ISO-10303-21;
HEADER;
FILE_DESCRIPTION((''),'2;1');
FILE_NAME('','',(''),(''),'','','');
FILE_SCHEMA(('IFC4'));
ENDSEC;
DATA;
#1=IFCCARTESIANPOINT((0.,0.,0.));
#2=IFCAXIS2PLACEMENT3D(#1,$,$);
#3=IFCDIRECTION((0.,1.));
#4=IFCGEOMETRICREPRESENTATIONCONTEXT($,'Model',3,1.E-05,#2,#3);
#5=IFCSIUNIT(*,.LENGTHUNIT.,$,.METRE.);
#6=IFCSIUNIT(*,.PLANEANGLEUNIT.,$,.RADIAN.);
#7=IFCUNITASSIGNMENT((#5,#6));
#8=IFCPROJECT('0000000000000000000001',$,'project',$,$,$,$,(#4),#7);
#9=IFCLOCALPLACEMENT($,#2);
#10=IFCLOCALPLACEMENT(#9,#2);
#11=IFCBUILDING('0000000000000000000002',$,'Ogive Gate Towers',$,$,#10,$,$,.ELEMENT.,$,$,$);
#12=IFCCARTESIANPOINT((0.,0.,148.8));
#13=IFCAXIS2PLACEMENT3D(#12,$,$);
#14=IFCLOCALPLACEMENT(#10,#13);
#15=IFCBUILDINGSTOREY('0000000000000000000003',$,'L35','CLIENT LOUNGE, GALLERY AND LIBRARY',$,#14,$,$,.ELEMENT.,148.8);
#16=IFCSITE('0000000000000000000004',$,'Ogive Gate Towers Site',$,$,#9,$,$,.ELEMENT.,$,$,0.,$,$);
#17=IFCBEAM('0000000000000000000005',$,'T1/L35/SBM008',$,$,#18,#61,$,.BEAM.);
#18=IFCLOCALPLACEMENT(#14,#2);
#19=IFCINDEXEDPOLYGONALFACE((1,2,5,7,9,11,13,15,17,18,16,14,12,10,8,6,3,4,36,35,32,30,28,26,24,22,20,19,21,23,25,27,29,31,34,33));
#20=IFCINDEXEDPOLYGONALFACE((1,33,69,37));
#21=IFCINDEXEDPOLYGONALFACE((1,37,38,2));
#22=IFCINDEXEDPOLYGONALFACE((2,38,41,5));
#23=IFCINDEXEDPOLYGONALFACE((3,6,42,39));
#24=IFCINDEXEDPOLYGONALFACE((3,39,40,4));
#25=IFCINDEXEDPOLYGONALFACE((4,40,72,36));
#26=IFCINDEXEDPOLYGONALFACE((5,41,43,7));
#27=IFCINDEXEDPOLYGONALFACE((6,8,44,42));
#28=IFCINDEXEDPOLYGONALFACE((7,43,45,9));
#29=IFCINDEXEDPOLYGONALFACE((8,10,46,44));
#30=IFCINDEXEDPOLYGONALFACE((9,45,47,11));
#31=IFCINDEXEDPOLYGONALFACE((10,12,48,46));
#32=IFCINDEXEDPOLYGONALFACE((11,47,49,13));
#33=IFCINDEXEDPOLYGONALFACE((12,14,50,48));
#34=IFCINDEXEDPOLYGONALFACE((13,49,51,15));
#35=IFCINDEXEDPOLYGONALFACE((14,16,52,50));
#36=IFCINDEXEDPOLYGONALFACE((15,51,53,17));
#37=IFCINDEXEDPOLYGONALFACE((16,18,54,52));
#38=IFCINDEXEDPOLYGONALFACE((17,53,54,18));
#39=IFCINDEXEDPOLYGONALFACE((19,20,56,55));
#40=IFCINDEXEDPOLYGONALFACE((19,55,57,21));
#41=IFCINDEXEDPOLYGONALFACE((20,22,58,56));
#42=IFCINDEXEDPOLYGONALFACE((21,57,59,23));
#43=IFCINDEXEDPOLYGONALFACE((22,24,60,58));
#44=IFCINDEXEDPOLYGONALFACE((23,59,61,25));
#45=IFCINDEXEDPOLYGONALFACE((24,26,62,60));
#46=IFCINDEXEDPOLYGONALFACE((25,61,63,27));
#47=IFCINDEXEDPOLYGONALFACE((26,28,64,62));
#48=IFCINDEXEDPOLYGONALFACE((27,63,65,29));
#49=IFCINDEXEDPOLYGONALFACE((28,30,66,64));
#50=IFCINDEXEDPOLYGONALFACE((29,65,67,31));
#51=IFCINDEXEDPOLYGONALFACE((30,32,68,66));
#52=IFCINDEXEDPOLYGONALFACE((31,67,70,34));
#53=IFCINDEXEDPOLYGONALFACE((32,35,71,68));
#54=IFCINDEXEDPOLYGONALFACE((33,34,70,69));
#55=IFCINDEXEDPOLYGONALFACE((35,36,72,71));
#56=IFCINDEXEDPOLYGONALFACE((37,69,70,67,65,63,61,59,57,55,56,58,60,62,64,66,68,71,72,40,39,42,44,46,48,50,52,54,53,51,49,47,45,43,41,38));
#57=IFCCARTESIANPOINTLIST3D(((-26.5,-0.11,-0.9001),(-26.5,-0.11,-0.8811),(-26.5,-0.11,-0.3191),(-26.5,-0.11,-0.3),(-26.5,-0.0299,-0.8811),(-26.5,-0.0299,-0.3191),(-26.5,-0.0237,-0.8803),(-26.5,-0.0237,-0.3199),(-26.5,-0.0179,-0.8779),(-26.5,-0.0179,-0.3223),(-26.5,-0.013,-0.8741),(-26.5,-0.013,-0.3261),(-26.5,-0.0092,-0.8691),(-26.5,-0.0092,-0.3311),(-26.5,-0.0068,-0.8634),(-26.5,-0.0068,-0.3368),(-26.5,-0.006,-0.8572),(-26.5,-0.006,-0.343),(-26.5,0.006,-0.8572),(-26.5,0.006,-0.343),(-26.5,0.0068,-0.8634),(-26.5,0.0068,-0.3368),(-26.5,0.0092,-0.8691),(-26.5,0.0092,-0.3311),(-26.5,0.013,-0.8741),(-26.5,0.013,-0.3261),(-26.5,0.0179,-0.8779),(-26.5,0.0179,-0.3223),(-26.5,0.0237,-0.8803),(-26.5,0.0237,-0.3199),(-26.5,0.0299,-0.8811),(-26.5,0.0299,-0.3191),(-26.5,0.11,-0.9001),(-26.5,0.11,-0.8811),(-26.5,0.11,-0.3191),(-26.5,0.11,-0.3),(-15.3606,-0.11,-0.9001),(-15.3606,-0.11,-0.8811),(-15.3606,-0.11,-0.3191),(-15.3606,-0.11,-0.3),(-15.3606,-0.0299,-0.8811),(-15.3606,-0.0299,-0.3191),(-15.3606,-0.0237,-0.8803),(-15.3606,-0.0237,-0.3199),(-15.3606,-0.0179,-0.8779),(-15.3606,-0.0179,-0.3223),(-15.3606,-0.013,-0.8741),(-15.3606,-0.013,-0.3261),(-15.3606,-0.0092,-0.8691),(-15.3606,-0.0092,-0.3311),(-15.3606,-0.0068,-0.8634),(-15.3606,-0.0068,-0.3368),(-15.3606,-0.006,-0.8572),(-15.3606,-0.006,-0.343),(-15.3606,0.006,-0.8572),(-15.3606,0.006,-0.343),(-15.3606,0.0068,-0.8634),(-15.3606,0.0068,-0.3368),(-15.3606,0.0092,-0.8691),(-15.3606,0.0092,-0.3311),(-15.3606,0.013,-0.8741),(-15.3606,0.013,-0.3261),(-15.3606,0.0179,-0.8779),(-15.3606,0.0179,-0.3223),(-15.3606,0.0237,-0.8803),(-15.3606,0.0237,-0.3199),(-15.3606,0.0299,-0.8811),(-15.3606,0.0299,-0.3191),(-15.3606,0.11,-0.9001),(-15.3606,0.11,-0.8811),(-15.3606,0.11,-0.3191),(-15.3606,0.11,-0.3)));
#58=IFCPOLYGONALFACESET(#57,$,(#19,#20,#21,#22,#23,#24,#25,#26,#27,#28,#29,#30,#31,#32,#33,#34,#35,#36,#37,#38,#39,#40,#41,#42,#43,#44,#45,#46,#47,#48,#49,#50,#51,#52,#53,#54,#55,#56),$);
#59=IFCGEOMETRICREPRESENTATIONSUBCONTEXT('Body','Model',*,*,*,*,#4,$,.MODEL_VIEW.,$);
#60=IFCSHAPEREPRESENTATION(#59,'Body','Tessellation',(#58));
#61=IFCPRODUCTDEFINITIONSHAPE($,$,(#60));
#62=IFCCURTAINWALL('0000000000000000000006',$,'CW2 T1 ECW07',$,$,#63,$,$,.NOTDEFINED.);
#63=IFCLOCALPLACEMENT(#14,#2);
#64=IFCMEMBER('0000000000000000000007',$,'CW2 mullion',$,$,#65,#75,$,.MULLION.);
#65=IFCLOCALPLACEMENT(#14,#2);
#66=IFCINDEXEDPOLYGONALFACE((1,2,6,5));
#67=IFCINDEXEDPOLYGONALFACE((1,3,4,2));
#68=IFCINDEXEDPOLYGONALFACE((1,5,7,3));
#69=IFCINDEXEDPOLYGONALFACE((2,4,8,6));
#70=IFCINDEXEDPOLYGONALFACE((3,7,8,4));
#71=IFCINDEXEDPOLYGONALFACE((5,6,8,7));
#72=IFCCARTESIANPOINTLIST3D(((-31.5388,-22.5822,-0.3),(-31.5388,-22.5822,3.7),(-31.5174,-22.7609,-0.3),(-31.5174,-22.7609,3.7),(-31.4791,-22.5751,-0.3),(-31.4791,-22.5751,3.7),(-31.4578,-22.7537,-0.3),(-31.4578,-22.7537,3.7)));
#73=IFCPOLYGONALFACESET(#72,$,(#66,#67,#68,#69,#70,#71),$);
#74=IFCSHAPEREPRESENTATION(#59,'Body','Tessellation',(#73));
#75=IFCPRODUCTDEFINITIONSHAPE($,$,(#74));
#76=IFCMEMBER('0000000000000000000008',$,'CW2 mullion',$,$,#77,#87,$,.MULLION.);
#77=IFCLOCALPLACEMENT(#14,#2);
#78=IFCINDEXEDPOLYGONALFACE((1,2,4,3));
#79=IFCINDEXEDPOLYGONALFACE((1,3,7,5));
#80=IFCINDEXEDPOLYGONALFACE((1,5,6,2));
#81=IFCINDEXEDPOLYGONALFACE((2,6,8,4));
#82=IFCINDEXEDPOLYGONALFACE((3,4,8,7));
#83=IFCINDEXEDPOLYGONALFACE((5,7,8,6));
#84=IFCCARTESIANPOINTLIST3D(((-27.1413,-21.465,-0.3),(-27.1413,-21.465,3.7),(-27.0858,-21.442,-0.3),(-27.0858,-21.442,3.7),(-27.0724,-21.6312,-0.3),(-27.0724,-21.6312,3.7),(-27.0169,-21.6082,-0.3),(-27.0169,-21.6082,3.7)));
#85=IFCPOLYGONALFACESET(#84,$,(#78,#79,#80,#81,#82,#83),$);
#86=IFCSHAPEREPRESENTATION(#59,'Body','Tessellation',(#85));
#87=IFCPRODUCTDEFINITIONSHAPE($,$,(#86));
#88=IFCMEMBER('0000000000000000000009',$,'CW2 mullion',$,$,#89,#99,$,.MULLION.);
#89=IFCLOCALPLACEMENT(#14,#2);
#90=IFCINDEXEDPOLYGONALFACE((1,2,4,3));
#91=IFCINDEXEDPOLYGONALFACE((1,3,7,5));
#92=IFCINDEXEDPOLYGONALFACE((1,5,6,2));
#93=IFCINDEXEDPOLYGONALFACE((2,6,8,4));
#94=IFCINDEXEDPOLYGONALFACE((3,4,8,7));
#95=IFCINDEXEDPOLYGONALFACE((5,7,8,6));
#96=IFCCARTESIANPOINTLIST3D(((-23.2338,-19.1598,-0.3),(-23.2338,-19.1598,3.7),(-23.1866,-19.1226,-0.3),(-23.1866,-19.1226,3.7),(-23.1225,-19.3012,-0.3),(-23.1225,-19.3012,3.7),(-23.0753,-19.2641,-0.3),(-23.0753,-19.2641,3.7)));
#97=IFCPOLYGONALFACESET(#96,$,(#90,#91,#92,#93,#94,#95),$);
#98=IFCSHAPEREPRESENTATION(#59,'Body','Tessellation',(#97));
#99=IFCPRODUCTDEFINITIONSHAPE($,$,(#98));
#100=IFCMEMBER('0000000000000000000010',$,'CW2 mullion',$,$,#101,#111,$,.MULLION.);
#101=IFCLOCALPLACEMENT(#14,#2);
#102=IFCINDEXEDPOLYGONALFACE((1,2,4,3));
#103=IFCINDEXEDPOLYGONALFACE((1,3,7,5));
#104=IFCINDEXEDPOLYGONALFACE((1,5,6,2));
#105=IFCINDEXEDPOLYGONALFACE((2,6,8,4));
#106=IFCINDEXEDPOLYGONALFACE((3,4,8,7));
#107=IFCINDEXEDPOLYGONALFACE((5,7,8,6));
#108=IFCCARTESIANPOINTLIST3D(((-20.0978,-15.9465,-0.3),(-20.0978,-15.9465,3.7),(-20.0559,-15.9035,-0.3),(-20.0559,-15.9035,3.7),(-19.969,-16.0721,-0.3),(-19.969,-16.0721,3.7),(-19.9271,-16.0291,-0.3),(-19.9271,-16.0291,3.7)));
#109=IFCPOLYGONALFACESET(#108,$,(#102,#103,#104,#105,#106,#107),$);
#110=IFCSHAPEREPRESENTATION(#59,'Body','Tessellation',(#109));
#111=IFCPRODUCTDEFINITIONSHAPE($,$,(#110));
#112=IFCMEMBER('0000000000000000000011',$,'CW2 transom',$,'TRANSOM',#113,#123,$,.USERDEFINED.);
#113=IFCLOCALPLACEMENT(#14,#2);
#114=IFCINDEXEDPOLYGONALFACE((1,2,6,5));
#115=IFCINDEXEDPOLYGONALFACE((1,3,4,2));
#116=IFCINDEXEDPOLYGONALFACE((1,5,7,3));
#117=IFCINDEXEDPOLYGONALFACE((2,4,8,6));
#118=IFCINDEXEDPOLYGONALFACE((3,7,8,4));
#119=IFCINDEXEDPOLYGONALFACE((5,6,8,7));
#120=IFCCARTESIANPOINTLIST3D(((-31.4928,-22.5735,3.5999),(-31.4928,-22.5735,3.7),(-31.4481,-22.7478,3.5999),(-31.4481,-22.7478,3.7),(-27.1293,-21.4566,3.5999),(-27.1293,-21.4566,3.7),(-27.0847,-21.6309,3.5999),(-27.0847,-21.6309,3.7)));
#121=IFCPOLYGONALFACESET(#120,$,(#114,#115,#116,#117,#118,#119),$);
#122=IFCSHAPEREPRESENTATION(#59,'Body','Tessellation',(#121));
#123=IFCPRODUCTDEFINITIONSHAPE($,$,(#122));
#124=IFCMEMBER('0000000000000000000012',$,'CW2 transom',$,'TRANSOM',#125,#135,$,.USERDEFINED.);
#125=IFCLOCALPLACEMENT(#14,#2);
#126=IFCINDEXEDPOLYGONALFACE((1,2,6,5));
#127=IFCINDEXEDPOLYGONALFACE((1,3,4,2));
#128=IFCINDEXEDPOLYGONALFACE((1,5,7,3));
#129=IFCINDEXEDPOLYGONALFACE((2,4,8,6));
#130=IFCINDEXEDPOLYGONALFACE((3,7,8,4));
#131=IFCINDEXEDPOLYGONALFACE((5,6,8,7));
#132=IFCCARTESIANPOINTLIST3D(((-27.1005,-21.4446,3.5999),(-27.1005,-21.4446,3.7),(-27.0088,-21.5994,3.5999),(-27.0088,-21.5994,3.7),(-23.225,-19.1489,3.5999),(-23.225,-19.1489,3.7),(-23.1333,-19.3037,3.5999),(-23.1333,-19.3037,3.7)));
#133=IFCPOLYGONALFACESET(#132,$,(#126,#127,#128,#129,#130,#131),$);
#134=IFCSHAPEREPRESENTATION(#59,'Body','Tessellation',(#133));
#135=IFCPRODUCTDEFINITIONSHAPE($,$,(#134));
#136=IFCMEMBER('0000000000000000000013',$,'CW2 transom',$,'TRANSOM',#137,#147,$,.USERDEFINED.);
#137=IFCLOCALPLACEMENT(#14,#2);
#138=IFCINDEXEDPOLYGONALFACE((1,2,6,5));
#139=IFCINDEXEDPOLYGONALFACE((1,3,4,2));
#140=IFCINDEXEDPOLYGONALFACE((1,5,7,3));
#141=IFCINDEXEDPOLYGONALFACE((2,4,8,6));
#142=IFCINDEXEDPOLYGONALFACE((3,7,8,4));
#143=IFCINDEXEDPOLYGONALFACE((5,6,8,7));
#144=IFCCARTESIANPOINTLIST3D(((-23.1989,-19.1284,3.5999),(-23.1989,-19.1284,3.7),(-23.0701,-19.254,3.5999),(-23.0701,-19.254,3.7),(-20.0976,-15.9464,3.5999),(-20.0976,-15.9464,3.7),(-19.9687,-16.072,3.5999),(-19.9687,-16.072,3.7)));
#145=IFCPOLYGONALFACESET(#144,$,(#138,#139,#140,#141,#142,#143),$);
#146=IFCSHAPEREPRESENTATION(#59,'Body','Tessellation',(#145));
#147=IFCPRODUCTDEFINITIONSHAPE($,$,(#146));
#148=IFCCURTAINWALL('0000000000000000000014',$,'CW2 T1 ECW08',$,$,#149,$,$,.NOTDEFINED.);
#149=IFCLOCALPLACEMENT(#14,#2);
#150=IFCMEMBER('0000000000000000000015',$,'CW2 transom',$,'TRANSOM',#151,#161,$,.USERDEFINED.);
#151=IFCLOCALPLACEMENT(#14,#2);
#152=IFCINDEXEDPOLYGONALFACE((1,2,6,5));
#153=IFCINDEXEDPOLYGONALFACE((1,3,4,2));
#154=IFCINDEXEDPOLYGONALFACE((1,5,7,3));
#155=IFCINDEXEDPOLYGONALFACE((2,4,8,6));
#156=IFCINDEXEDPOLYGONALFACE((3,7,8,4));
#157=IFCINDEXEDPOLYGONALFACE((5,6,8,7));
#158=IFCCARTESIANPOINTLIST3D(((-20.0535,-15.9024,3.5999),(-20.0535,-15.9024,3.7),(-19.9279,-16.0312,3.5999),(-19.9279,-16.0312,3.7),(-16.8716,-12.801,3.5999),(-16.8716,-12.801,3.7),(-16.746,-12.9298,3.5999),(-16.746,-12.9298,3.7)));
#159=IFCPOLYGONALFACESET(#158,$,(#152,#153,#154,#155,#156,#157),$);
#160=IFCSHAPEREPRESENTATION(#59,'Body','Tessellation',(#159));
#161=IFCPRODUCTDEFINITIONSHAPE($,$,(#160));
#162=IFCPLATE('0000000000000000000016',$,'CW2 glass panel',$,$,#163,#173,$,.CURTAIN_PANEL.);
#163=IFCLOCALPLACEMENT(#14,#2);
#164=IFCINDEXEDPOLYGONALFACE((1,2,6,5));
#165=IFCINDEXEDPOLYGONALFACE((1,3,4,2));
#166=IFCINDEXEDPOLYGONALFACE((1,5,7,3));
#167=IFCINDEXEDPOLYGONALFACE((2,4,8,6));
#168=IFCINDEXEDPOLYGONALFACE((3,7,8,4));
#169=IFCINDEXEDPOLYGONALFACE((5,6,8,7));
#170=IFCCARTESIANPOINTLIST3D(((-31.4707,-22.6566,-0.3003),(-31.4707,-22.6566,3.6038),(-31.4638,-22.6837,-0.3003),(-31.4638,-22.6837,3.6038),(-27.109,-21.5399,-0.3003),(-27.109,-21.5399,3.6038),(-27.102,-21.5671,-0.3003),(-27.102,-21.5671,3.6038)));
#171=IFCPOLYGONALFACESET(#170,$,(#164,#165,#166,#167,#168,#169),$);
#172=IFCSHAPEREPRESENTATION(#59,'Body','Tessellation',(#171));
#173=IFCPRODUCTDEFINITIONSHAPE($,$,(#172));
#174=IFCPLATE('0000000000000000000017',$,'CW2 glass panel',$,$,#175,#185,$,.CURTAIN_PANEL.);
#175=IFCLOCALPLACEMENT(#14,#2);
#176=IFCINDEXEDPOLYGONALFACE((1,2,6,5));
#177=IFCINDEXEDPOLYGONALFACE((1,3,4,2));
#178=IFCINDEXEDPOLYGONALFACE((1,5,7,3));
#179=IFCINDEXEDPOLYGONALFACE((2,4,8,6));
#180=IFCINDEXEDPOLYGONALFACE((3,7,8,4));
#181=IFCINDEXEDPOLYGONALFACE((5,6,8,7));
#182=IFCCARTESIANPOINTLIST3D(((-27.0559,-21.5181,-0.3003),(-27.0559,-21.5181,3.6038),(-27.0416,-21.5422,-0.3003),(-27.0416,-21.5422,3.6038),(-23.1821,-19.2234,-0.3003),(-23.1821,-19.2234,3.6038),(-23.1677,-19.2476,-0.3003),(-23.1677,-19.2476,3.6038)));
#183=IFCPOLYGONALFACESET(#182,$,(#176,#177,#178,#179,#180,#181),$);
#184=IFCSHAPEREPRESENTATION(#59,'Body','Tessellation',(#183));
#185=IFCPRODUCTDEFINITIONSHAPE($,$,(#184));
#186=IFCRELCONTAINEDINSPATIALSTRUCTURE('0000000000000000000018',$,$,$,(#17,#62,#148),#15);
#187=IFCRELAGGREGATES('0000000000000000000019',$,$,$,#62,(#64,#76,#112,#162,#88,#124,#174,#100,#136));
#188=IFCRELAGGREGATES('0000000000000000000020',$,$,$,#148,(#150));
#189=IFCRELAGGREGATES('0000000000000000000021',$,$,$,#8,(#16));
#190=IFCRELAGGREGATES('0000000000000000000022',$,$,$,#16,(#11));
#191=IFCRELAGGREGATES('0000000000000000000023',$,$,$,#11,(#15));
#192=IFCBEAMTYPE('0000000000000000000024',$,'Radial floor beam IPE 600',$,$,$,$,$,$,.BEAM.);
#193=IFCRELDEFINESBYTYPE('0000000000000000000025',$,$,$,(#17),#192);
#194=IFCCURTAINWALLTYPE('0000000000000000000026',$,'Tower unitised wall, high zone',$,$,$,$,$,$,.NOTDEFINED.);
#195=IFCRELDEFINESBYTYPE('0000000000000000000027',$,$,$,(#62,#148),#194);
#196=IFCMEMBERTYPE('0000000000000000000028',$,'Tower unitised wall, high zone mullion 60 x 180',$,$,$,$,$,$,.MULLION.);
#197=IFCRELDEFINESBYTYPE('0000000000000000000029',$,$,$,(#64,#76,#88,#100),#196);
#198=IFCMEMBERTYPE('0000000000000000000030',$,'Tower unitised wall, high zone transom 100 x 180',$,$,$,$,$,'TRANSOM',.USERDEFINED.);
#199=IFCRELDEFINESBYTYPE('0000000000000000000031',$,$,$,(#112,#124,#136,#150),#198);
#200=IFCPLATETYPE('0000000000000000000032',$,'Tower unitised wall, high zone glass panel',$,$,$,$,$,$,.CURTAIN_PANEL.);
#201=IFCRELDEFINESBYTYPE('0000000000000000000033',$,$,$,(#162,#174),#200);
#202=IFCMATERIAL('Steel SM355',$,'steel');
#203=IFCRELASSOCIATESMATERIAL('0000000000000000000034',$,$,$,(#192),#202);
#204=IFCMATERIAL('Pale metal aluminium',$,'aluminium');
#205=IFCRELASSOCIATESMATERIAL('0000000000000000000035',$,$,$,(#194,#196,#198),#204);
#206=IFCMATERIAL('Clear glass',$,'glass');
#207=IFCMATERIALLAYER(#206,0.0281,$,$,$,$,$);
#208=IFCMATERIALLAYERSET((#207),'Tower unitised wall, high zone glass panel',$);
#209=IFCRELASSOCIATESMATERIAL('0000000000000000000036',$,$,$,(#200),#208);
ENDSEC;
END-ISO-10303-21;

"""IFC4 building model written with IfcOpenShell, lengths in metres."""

from ifc_helpers import new_model, si_unit, direction, frame, origin, origin_2d, place, context, subcontext, project, spatial, rectangle, i_section, extrude, material, layer, layer_set, material_profile, profile_set, type_object, element, aggregate, save


model = new_model("IFC4")

# Units and contexts
model_context = context("Model", 3, precision=1e-05, world=origin(), true_north=direction((0.0, 1.0)))
body_context = subcontext(model_context, "Body", "Model", "MODEL_VIEW")
ifc_project = project(units=[si_unit("LENGTHUNIT", "METRE"), si_unit("PLANEANGLEUNIT", "RADIAN")], contexts=[model_context])

# Site, building, storey
site_placement = place(None, origin())
site = spatial("IfcSite", under=ifc_project, at=site_placement, Name="Ogive Gate Towers Site", CompositionType="ELEMENT", RefElevation=0.0)
building_placement = place(site_placement, origin())
building = spatial("IfcBuilding", under=site, at=building_placement, Name="Ogive Gate Towers", CompositionType="ELEMENT")
storey_placement = place(building_placement, frame((0.0, 0.0, 148.8)))
storey = spatial("IfcBuildingStorey", under=building, at=storey_placement, Name="L35", Description="CLIENT LOUNGE, GALLERY AND LIBRARY", CompositionType="ELEMENT", Elevation=148.8)

# Beam
ifc_material_1 = material(Name="Steel SM355", Category="steel")
ifc_material_profile_1 = material_profile(ifc_material_1, i_section(OverallWidth=0.22, OverallDepth=0.6001, WebThickness=0.012, FlangeThickness=0.019, FilletRadius=0.0239, at=origin_2d()), Name="IPE 600")
ifc_profile_set_1 = profile_set([ifc_material_profile_1], Name="Steel SM355")
beam_type_1 = type_object("IfcBeamType", Name="Radial floor beam IPE 600", PredefinedType="BEAM", material=ifc_profile_set_1)
beam_1_placement = place(storey_placement, frame((-26.5, 0.0, -0.6001), z_axis=(1.0, 0.0, 0.0), x_axis=(0.0, 1.0, 0.0)))
element("IfcBeam", 1, at=beam_1_placement, inside=storey, type_object=beam_type_1, Name="T1/L35/SBM008", PredefinedType="BEAM", context=body_context, shape_type="SweptSolid", body=[
    extrude(i_section(OverallWidth=0.22, OverallDepth=0.6001, WebThickness=0.012, FlangeThickness=0.019, FilletRadius=0.0239, at=origin_2d()), origin(), (0.0, 0.0, 1.0), 11.1394),
])

# Curtain wall, members
ifc_material_2 = material(Name="Pale metal aluminium", Category="aluminium")
curtain_wall_type = type_object("IfcCurtainWallType", Name="Tower unitised wall, high zone", PredefinedType="NOTDEFINED", material=ifc_material_2)
curtain_wall_1_placement = place(storey_placement, origin())
curtain_wall_1 = element("IfcCurtainWall", 2, at=curtain_wall_1_placement, inside=storey, type_object=curtain_wall_type, Name="CW2 T1 ECW07", PredefinedType="NOTDEFINED")
ifc_material_profile_2 = material_profile(ifc_material_2, rectangle(XDim=0.1799, YDim=0.0601, at=origin_2d()), Name="60 x 180 aluminium box")
ifc_profile_set_2 = profile_set([ifc_material_profile_2], Name="Pale metal aluminium")
member_type_1 = type_object("IfcMemberType", Name="Tower unitised wall, high zone mullion 60 x 180", PredefinedType="MULLION", material=ifc_profile_set_2)
member_1_placement = place(storey_placement, frame((-31.4983, -22.668, -0.3), z_axis=(0.0, 0.0, 1.0), x_axis=(0.118612, -0.992941, 0.0)))
member_1 = element("IfcMember", 3, at=member_1_placement, type_object=member_type_1, Name="CW2 mullion", PredefinedType="MULLION", context=body_context, shape_type="SweptSolid", body=[
    extrude(rectangle(XDim=0.1799, YDim=0.0601, at=origin_2d()), origin(), (0.0, 0.0, 1.0), 4.0),
])
member_2_placement = place(storey_placement, frame((-27.0791, -21.5366, -0.3), z_axis=(0.0, 0.0, 1.0), x_axis=(0.382683, -0.92388, 0.0)))
member_2 = element("IfcMember", 4, at=member_2_placement, type_object=member_type_1, Name="CW2 mullion", PredefinedType="MULLION", context=body_context, shape_type="SweptSolid", body=[
    extrude(rectangle(XDim=0.1799, YDim=0.0601, at=origin_2d()), origin(), (0.0, 0.0, 1.0), 4.0),
])
member_3_placement = place(storey_placement, frame((-23.1545, -19.2119, -0.3), z_axis=(0.0, 0.0, 1.0), x_axis=(0.61823, -0.785997, 0.0)))
member_3 = element("IfcMember", 5, at=member_3_placement, type_object=member_type_1, Name="CW2 mullion", PredefinedType="MULLION", context=body_context, shape_type="SweptSolid", body=[
    extrude(rectangle(XDim=0.1799, YDim=0.0601, at=origin_2d()), origin(), (0.0, 0.0, 1.0), 4.0),
])
member_4_placement = place(storey_placement, frame((-20.0125, -15.9878, -0.3), z_axis=(0.0, 0.0, 1.0), x_axis=(0.716119, -0.697978, 0.0)))
member_4 = element("IfcMember", 6, at=member_4_placement, type_object=member_type_1, Name="CW2 mullion", PredefinedType="MULLION", context=body_context, shape_type="SweptSolid", body=[
    extrude(rectangle(XDim=0.1799, YDim=0.0601, at=origin_2d()), origin(), (0.0, 0.0, 1.0), 4.0),
])
ifc_material_profile_3 = material_profile(ifc_material_2, rectangle(XDim=0.1799, YDim=0.1001, at=origin_2d()), Name="100 x 180 aluminium box")
ifc_profile_set_3 = profile_set([ifc_material_profile_3], Name="Pale metal aluminium")
member_type_2 = type_object("IfcMemberType", Name="Tower unitised wall, high zone transom 100 x 180", ElementType="TRANSOM", PredefinedType="USERDEFINED", material=ifc_profile_set_3)
member_5_placement = place(storey_placement, frame((-31.4705, -22.6606, 3.6499), z_axis=(0.968766, 0.247978, 0.0), x_axis=(-0.247978, 0.968766, 0.0)))
member_5 = element("IfcMember", 7, at=member_5_placement, type_object=member_type_2, Name="CW2 transom", ObjectType="TRANSOM", PredefinedType="USERDEFINED", context=body_context, shape_type="SweptSolid", body=[
    extrude(rectangle(XDim=0.1799, YDim=0.1001, at=origin_2d()), origin(), (0.0, 0.0, 1.0), 4.5042),
])
member_6_placement = place(storey_placement, frame((-27.0547, -21.522, 3.6499), z_axis=(0.860382, 0.509649, 0.0), x_axis=(-0.509649, 0.860382, 0.0)))
member_6 = element("IfcMember", 8, at=member_6_placement, type_object=member_type_2, Name="CW2 transom", ObjectType="TRANSOM", PredefinedType="USERDEFINED", context=body_context, shape_type="SweptSolid", body=[
    extrude(rectangle(XDim=0.1799, YDim=0.1001, at=origin_2d()), origin(), (0.0, 0.0, 1.0), 4.5044),
])
member_7_placement = place(storey_placement, frame((-23.1345, -19.1912, 3.6499), z_axis=(0.697983, 0.716115, 0.0), x_axis=(-0.716115, 0.697983, 0.0)))
member_7 = element("IfcMember", 9, at=member_7_placement, type_object=member_type_2, Name="CW2 transom", ObjectType="TRANSOM", PredefinedType="USERDEFINED", context=body_context, shape_type="SweptSolid", body=[
    extrude(rectangle(XDim=0.1799, YDim=0.1001, at=origin_2d()), origin(), (0.0, 0.0, 1.0), 4.4434),
])

# Curtain wall, member
curtain_wall_2_placement = place(storey_placement, origin())
curtain_wall_2 = element("IfcCurtainWall", 10, at=curtain_wall_2_placement, inside=storey, type_object=curtain_wall_type, Name="CW2 T1 ECW08", PredefinedType="NOTDEFINED")
member_8_placement = place(storey_placement, frame((-19.9907, -15.9668, 3.6499), z_axis=(0.716115, 0.697983, 0.0), x_axis=(-0.697983, 0.716115, 0.0)))
member_8 = element("IfcMember", 11, at=member_8_placement, type_object=member_type_2, Name="CW2 transom", ObjectType="TRANSOM", PredefinedType="USERDEFINED", context=body_context, shape_type="SweptSolid", body=[
    extrude(rectangle(XDim=0.1799, YDim=0.1001, at=origin_2d()), origin(), (0.0, 0.0, 1.0), 4.4434),
])

# Plates
ifc_material_3 = material(Name="Clear glass", Category="glass")
ifc_layer_1 = layer(ifc_material_3, 0.0281)
ifc_layer_set_1 = layer_set([ifc_layer_1], Name="Tower unitised wall, high zone glass panel")
plate_type = type_object("IfcPlateType", Name="Tower unitised wall, high zone glass panel", PredefinedType="CURTAIN_PANEL", material=ifc_layer_set_1)
plate_1_placement = place(storey_placement, frame((-29.2864, -22.1118, -0.3003), z_axis=(0.0, 0.0, 1.0), x_axis=(0.968757, 0.248014, 0.0)))
plate_1 = element("IfcPlate", 12, at=plate_1_placement, type_object=plate_type, Name="CW2 glass panel", PredefinedType="CURTAIN_PANEL", context=body_context, shape_type="SweptSolid", body=[
    extrude(rectangle(XDim=4.5024, YDim=0.0281, at=origin_2d()), origin(), (0.0, 0.0, 1.0), 3.9041),
])
plate_2_placement = place(storey_placement, frame((-25.1118, -20.3828, -0.3003), z_axis=(0.0, 0.0, 1.0), x_axis=(0.860386, 0.509642, 0.0)))
plate_2 = element("IfcPlate", 13, at=plate_2_placement, type_object=plate_type, Name="CW2 glass panel", PredefinedType="CURTAIN_PANEL", context=body_context, shape_type="SweptSolid", body=[
    extrude(rectangle(XDim=4.5024, YDim=0.0281, at=origin_2d()), origin(), (0.0, 0.0, 1.0), 3.9041),
])
aggregate(curtain_wall_1, [member_1, member_2, member_5, plate_1, member_3, member_6, plate_2, member_4, member_7])
aggregate(curtain_wall_2, [member_8])

save(model, "model.ifc")
